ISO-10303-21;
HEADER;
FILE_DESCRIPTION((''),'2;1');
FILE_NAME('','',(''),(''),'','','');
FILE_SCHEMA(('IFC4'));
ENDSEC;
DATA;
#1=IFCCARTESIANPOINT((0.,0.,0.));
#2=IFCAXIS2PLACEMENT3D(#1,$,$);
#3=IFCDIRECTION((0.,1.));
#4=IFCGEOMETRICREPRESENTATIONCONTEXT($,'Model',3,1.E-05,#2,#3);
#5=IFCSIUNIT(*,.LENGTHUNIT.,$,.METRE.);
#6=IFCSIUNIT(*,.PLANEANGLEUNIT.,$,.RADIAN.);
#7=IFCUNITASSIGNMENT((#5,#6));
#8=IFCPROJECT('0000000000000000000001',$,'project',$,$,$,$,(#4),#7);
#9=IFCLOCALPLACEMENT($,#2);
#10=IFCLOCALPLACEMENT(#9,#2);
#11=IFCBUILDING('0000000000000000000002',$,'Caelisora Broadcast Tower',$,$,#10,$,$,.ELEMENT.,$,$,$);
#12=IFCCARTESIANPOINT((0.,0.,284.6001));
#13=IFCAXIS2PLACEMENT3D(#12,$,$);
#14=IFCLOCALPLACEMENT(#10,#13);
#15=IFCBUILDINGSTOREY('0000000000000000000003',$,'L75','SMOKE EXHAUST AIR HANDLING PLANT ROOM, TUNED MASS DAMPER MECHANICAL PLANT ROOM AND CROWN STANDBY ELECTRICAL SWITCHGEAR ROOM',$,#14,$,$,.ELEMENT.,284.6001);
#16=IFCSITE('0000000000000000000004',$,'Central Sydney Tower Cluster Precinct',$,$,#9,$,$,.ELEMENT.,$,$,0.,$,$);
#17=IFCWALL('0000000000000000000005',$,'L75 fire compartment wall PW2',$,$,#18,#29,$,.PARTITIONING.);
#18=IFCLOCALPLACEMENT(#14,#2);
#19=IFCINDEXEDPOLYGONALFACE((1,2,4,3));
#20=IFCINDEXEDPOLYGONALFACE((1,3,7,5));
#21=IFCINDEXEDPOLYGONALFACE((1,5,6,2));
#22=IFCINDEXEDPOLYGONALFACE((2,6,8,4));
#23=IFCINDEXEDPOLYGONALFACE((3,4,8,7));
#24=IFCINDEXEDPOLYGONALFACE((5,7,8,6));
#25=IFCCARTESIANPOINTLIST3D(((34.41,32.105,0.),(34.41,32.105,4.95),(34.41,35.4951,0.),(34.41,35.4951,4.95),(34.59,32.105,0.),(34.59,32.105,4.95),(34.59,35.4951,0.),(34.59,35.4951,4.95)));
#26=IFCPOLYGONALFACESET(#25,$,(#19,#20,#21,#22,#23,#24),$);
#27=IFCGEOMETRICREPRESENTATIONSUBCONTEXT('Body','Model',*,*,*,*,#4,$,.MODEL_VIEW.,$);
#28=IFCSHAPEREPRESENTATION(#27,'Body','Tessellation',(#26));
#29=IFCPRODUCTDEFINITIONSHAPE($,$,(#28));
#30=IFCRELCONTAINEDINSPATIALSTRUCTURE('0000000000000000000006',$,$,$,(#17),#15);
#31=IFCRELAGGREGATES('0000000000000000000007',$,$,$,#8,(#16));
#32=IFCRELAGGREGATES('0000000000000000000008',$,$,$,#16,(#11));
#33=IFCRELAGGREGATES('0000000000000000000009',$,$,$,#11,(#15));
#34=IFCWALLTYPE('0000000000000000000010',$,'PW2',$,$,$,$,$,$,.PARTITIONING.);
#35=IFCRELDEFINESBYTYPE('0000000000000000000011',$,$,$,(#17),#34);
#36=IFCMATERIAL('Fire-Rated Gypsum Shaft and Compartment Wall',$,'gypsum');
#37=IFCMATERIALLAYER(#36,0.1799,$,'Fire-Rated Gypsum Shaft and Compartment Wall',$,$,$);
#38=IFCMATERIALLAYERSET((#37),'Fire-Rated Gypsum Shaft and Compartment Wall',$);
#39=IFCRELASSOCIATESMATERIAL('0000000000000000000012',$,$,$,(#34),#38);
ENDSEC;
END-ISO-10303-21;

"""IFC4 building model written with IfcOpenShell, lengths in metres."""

from ifc_helpers import new_model, si_unit, direction, frame, frame_2d, origin, place, context, subcontext, project, spatial, rectangle, extrude, material, layer, layer_set, type_object, element, save


model = new_model("IFC4")

# Units and contexts
model_context = context("Model", 3, precision=1e-05, world=origin(), true_north=direction((0.0, 1.0)))
body_context = subcontext(model_context, "Body", "Model", "MODEL_VIEW")
ifc_project = project(units=[si_unit("LENGTHUNIT", "METRE"), si_unit("PLANEANGLEUNIT", "RADIAN")], contexts=[model_context])

# Site, building, storey
site_placement = place(None, origin())
site = spatial("IfcSite", under=ifc_project, at=site_placement, Name="Central Sydney Tower Cluster Precinct", CompositionType="ELEMENT", RefElevation=0.0)
building_placement = place(site_placement, origin())
building = spatial("IfcBuilding", under=site, at=building_placement, Name="Caelisora Broadcast Tower", CompositionType="ELEMENT")
storey_placement = place(building_placement, frame((0.0, 0.0, 284.6001)))
storey = spatial("IfcBuildingStorey", under=building, at=storey_placement, Name="L75", Description="SMOKE EXHAUST AIR HANDLING PLANT ROOM, TUNED MASS DAMPER MECHANICAL PLANT ROOM AND CROWN STANDBY ELECTRICAL SWITCHGEAR ROOM", CompositionType="ELEMENT", Elevation=284.6001)

# Shared definitions
ifc_material_1 = material(Name="Fire-Rated Gypsum Shaft and Compartment Wall", Category="gypsum")
ifc_layer_1 = layer(ifc_material_1, 0.1799, Name="Fire-Rated Gypsum Shaft and Compartment Wall")
ifc_layer_set_1 = layer_set([ifc_layer_1], Name="Fire-Rated Gypsum Shaft and Compartment Wall")
wall_type = type_object("IfcWallType", Name="PW2", PredefinedType="PARTITIONING", material=ifc_layer_set_1)

# Wall
wall_1_placement = place(storey_placement, frame((34.5, 32.105, 0.0), z_axis=(0.0, 0.0, 1.0), x_axis=(0.0, 1.0, 0.0)))
element("IfcWall", 1, at=wall_1_placement, inside=storey, type_object=wall_type, Name="L75 fire compartment wall PW2", PredefinedType="PARTITIONING", context=body_context, shape_type="SweptSolid", body=[
    extrude(rectangle(XDim=3.3901, YDim=0.1799, at=frame_2d((1.6951, 0.0))), origin(), (0.0, 0.0, 1.0), 4.95),
])

save(model, "model.ifc")
